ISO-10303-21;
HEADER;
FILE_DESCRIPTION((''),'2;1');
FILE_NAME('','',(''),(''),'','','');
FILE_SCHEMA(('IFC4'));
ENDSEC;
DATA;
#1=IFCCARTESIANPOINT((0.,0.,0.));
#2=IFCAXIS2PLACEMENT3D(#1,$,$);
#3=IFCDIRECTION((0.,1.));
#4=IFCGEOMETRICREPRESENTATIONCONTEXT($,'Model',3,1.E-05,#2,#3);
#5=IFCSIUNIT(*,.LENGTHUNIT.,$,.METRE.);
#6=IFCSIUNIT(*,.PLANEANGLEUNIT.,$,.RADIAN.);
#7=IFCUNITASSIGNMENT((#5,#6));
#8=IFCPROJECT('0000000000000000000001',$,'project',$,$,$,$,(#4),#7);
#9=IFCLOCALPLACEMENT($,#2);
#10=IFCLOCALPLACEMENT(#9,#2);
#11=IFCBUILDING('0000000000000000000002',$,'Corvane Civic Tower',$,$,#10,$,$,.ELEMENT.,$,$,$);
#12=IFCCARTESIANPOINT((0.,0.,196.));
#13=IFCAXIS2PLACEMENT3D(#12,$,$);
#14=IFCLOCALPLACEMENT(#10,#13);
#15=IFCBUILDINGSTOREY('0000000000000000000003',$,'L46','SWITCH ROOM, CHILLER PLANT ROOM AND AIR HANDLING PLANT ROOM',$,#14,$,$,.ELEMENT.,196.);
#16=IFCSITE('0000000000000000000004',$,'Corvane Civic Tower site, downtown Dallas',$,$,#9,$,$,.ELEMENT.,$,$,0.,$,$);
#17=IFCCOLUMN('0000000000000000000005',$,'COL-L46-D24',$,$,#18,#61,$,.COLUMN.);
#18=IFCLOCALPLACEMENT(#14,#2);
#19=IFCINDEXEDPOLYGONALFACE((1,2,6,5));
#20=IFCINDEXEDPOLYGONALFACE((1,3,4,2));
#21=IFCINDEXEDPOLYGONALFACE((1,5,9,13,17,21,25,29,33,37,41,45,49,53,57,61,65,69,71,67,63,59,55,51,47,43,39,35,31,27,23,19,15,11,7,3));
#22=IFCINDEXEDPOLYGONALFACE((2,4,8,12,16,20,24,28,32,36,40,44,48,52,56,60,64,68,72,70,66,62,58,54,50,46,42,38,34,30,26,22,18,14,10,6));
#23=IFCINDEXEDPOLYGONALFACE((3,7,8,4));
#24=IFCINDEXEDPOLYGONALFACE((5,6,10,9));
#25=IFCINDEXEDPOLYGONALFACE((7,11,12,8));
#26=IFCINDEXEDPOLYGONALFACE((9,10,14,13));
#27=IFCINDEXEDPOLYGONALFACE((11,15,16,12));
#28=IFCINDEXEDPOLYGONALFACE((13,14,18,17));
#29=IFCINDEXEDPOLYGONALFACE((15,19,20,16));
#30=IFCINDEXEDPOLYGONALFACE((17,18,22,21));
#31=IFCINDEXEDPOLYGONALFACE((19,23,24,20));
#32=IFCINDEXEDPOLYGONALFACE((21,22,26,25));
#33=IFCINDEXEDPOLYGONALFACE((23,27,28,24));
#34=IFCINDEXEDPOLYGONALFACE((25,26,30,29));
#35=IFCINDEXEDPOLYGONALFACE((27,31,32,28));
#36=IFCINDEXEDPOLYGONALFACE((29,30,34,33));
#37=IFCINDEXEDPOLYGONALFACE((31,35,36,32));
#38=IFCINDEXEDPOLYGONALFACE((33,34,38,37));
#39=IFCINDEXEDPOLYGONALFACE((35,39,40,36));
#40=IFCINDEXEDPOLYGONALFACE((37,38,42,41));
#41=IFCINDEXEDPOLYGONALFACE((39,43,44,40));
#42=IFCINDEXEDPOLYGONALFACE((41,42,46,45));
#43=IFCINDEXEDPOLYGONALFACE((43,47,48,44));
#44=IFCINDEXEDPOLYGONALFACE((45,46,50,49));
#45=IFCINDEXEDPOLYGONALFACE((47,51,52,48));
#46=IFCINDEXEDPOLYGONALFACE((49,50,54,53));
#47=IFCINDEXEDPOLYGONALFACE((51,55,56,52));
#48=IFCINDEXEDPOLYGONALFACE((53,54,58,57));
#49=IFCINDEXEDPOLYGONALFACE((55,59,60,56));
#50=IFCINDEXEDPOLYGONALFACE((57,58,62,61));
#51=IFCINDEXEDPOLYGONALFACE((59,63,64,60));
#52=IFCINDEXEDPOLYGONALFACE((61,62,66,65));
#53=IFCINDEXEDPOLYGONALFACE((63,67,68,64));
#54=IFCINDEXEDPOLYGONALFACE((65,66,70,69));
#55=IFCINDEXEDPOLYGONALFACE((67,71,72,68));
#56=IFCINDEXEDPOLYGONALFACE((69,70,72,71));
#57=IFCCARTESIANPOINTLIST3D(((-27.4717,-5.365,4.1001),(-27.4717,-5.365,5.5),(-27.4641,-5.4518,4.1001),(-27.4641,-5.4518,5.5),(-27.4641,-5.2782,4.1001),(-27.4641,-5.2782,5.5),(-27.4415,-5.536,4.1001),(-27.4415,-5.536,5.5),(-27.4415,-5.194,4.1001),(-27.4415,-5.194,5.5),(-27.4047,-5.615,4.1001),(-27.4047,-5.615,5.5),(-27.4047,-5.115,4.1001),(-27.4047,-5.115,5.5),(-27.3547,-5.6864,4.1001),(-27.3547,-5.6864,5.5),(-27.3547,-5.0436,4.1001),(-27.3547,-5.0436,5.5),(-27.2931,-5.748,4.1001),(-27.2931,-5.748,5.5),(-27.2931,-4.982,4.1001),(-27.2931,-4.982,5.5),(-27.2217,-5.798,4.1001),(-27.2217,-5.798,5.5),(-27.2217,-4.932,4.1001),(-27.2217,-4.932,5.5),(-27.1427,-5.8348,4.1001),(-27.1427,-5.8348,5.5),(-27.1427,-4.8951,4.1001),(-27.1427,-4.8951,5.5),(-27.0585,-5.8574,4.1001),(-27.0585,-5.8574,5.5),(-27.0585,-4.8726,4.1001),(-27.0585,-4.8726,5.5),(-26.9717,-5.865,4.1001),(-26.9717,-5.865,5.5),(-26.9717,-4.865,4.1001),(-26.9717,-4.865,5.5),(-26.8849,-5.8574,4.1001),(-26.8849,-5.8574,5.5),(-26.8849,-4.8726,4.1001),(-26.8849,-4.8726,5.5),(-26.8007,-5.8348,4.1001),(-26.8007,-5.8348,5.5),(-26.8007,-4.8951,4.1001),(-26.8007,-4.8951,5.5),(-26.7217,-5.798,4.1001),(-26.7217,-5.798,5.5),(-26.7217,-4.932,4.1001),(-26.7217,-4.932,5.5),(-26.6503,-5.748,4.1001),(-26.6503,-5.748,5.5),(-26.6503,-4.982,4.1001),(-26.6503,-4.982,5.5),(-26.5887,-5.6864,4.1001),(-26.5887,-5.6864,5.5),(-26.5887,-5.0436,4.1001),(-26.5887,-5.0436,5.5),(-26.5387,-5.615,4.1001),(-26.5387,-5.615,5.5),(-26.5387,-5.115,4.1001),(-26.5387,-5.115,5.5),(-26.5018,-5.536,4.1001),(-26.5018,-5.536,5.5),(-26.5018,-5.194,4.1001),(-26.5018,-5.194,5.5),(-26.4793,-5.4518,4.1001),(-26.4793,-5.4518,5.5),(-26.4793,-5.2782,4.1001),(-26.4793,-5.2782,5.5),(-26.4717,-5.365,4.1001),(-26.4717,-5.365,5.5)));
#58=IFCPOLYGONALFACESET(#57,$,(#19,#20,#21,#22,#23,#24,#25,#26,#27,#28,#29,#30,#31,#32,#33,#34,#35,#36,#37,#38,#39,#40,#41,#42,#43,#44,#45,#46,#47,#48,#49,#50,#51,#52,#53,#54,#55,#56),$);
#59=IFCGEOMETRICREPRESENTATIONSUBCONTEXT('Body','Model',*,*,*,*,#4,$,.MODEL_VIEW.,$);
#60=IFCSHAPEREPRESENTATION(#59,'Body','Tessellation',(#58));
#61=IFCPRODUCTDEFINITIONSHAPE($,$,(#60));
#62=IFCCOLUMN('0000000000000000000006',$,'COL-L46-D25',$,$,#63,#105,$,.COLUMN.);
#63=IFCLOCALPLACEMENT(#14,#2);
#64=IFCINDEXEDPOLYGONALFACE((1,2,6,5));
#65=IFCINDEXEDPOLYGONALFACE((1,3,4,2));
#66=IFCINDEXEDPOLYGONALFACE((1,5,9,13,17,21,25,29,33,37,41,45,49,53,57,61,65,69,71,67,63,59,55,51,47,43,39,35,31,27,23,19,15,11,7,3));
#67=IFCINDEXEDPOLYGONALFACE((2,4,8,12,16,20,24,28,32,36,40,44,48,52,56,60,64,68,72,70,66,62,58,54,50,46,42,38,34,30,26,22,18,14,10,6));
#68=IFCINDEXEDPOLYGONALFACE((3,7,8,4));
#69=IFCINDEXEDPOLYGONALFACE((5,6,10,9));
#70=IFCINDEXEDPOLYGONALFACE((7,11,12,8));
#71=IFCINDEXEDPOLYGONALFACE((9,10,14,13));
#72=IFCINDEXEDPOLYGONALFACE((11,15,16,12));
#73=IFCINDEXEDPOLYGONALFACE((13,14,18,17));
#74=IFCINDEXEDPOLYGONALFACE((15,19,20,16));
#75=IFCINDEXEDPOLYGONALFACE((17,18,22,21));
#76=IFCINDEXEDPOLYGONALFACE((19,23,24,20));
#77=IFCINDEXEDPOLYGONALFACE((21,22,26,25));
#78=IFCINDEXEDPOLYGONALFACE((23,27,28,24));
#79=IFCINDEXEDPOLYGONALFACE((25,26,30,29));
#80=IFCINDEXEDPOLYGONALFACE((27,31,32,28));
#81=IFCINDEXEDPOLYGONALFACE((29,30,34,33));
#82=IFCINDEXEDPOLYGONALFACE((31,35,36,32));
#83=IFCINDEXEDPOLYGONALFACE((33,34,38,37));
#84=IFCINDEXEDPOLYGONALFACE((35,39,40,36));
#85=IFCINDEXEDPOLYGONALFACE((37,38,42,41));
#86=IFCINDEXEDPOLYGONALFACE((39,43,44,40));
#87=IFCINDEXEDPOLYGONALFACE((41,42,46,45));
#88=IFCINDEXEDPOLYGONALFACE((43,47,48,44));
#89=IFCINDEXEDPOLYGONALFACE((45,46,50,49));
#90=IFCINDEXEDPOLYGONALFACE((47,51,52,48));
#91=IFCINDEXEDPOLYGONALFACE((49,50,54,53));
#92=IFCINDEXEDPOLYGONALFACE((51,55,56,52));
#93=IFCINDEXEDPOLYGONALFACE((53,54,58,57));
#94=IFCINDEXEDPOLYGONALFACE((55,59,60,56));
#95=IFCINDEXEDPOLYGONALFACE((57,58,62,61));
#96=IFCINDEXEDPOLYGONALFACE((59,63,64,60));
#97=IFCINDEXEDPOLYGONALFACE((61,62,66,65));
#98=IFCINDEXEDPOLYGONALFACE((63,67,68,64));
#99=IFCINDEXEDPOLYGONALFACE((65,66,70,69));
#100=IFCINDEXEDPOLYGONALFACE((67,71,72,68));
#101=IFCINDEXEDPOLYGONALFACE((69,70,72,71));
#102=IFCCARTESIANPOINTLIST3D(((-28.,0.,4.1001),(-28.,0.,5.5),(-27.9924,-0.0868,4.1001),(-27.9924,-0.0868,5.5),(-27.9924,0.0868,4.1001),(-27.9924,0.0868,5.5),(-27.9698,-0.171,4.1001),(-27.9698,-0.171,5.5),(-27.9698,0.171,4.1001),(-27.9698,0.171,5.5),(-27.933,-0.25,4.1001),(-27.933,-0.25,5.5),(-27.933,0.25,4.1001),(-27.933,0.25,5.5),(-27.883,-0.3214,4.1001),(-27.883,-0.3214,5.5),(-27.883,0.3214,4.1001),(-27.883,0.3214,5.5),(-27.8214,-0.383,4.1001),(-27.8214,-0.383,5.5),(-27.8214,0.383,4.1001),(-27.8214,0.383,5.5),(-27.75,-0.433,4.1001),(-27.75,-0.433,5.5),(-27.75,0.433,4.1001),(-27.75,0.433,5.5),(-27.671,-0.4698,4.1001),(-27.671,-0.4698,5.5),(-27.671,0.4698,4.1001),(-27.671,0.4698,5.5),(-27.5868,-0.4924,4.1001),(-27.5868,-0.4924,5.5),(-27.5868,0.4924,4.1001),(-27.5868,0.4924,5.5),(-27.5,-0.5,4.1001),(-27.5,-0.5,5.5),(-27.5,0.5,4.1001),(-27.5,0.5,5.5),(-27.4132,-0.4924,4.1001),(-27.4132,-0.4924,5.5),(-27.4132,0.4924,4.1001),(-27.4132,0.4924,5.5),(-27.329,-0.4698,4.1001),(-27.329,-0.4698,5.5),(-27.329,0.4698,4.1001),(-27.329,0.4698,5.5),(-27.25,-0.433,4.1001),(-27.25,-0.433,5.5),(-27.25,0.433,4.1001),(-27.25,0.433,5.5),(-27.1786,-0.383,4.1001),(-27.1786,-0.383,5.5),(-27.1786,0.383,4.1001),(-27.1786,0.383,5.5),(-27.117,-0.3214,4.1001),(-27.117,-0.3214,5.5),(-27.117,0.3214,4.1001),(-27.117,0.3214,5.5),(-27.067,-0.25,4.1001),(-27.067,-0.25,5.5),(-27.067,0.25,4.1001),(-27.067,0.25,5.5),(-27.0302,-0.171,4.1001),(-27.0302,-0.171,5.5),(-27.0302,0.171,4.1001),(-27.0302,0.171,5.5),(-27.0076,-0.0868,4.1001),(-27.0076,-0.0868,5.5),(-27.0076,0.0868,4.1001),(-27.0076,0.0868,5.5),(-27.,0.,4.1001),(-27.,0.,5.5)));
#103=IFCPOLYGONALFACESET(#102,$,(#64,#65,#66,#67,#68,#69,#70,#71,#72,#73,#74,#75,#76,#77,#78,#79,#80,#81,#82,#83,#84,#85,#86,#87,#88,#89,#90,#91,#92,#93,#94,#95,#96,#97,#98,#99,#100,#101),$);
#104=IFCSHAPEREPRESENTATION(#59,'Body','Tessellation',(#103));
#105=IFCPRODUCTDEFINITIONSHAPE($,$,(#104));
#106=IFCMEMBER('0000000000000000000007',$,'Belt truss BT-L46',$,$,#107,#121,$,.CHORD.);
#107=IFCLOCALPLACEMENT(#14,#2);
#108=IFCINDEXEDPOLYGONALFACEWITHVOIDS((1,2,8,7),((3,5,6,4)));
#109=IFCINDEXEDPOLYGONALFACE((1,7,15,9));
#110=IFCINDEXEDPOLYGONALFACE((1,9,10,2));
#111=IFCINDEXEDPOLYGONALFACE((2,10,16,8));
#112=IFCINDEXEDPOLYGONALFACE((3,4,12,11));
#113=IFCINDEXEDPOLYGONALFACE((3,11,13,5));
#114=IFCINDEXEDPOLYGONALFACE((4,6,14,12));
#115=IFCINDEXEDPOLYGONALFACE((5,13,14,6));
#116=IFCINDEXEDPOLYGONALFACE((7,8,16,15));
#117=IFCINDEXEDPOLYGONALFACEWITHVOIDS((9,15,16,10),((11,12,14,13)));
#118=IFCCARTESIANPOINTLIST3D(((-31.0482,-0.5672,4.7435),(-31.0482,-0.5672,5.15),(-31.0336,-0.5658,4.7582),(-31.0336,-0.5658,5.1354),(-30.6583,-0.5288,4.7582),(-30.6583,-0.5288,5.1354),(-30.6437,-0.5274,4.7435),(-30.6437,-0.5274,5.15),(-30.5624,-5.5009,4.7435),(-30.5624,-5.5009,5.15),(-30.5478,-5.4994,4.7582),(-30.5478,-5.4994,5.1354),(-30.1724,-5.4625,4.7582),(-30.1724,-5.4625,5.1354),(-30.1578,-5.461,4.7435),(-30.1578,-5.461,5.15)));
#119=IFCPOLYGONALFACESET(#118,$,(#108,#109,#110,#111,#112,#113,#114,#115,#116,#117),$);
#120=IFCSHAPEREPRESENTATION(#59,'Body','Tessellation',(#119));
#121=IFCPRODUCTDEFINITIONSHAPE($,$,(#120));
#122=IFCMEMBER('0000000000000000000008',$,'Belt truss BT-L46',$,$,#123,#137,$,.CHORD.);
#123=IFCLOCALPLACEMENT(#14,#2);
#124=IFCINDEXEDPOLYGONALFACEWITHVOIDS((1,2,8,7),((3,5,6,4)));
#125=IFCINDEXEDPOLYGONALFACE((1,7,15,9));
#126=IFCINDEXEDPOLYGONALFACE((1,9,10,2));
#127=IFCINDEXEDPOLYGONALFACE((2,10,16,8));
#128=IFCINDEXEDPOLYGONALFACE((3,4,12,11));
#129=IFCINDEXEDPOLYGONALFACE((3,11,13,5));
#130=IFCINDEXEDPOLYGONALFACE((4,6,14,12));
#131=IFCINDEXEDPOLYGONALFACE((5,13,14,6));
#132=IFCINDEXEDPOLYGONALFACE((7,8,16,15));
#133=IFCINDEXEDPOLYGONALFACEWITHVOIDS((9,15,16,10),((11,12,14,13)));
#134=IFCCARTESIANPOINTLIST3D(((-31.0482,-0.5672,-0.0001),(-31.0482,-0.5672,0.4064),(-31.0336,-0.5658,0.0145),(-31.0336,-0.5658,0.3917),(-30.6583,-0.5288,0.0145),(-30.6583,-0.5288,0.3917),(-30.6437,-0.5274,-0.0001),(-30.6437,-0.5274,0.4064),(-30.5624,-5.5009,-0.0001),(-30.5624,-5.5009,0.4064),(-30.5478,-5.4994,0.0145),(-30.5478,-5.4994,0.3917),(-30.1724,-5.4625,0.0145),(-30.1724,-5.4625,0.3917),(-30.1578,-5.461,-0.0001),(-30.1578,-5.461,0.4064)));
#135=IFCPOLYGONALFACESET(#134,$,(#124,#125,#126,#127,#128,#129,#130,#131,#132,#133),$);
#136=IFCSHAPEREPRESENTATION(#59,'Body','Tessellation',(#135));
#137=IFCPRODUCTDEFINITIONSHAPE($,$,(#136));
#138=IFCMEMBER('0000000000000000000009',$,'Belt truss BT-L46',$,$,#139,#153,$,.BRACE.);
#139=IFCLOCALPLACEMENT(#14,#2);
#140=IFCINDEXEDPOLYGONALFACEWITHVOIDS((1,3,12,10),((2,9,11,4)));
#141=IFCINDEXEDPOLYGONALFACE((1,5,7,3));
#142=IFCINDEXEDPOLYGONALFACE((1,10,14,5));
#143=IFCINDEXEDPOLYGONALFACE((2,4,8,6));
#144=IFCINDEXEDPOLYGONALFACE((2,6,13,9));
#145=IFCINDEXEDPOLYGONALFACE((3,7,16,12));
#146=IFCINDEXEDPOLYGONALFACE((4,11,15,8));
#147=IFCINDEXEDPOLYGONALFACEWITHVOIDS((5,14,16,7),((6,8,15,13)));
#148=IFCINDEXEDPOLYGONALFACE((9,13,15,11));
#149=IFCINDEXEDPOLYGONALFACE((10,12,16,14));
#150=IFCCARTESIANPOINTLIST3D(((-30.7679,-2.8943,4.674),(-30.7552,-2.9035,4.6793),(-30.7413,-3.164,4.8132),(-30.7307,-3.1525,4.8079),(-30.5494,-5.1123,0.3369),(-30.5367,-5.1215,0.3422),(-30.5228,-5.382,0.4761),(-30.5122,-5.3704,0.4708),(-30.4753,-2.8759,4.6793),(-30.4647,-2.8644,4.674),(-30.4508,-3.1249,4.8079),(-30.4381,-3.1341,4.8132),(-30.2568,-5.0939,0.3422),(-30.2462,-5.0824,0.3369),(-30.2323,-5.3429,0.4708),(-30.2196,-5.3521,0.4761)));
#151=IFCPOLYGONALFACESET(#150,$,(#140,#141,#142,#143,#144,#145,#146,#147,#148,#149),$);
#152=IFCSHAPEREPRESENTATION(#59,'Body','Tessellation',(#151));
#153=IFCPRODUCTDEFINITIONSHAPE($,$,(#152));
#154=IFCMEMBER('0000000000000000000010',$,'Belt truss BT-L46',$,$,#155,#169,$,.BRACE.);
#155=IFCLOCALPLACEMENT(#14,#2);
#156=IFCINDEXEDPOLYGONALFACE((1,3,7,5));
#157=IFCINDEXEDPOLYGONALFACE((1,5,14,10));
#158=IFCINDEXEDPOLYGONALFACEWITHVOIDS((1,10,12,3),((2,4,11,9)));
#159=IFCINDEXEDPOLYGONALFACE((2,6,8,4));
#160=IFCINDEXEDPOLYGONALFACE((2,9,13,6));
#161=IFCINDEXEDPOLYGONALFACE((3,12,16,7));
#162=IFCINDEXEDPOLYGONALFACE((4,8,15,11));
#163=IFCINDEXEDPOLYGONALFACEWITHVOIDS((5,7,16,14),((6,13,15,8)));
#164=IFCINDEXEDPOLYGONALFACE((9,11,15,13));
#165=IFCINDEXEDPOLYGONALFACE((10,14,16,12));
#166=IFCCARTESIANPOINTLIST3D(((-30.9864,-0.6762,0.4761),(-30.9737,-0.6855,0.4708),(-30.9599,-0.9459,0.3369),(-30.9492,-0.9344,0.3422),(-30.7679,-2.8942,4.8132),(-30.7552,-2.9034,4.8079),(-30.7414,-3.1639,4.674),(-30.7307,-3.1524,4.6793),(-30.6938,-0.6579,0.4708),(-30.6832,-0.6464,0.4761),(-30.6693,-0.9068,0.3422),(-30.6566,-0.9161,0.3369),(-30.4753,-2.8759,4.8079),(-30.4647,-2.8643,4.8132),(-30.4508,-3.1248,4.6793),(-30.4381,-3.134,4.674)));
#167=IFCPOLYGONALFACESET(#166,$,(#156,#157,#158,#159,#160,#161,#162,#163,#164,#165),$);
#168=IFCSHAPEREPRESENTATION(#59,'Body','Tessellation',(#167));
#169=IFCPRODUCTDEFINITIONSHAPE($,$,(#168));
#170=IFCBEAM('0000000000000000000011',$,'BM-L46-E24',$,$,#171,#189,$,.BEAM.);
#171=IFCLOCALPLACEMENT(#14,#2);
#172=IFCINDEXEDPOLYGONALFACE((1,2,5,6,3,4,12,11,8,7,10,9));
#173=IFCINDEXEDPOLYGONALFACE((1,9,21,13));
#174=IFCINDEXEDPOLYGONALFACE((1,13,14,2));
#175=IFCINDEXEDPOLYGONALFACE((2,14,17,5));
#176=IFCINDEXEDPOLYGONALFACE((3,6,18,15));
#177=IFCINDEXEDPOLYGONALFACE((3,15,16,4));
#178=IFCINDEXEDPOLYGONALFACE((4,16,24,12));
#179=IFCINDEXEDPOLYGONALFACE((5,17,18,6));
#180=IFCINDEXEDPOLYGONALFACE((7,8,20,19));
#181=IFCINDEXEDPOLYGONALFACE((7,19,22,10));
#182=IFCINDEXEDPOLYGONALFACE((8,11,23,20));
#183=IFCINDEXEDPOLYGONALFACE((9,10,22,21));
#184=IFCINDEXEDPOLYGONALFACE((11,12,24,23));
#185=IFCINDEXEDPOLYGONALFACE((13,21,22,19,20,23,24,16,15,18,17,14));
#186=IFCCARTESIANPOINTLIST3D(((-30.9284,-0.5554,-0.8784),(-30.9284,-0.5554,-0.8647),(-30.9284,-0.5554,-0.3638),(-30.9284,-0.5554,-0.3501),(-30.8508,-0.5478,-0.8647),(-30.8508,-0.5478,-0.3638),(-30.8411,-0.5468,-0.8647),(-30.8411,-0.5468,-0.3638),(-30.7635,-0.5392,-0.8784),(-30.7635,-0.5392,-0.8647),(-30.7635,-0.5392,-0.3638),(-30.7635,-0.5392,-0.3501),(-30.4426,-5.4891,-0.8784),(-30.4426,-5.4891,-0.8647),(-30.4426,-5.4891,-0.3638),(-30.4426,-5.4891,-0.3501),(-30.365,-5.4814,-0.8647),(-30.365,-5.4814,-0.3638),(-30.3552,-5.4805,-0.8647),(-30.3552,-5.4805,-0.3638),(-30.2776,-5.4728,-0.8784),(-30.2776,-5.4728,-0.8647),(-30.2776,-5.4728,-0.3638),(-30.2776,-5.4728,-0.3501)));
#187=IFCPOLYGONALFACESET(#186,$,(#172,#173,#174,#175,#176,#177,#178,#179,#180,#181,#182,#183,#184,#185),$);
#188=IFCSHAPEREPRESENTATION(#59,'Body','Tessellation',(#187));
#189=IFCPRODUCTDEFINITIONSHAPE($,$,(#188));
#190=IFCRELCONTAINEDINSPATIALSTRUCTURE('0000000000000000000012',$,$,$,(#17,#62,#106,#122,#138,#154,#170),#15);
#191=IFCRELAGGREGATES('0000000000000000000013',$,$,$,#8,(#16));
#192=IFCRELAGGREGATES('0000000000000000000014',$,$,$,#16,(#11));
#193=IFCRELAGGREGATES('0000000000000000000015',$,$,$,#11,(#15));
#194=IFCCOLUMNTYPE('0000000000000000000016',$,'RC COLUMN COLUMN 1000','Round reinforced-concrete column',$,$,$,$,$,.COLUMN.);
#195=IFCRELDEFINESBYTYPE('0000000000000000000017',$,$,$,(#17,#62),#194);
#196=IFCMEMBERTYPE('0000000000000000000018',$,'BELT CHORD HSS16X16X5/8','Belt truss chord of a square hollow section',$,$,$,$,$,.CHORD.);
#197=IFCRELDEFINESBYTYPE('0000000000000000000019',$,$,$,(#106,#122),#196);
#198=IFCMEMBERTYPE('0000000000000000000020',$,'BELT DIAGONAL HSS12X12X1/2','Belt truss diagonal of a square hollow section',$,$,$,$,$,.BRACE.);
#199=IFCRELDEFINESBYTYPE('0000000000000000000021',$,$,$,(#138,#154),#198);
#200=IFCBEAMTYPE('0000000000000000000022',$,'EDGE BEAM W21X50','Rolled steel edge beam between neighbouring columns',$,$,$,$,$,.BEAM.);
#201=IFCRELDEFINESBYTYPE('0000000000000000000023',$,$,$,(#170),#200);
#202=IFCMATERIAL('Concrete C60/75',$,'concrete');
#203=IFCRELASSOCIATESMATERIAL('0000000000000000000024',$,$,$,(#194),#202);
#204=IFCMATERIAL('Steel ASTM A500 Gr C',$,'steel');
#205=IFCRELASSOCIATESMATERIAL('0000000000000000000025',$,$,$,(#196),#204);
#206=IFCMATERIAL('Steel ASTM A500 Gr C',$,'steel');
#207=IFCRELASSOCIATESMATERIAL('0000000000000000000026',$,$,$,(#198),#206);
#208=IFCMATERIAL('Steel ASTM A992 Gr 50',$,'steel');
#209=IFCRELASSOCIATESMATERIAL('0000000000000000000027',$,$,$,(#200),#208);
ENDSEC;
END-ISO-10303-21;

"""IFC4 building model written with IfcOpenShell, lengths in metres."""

from ifc_helpers import new_model, si_unit, direction, frame, origin, origin_2d, place, context, subcontext, project, spatial, hollow_rectangle, circle, i_section, extrude, material, material_profile, profile_set, type_object, element, save


model = new_model("IFC4")

# Units and contexts
model_context = context("Model", 3, precision=1e-05, world=origin(), true_north=direction((0.0, 1.0)))
body_context = subcontext(model_context, "Body", "Model", "MODEL_VIEW")
ifc_project = project(units=[si_unit("LENGTHUNIT", "METRE"), si_unit("PLANEANGLEUNIT", "RADIAN")], contexts=[model_context])

# Site, building, storey
site_placement = place(None, origin())
site = spatial("IfcSite", under=ifc_project, at=site_placement, Name="Corvane Civic Tower site, downtown Dallas", CompositionType="ELEMENT", RefElevation=0.0)
building_placement = place(site_placement, origin())
building = spatial("IfcBuilding", under=site, at=building_placement, Name="Corvane Civic Tower", CompositionType="ELEMENT")
storey_placement = place(building_placement, frame((0.0, 0.0, 196.0)))
storey = spatial("IfcBuildingStorey", under=building, at=storey_placement, Name="L46", Description="SWITCH ROOM, CHILLER PLANT ROOM AND AIR HANDLING PLANT ROOM", CompositionType="ELEMENT", Elevation=196.0)

# Columns
ifc_material_1 = material(Name="Concrete C60/75", Category="concrete")
ifc_material_profile_1 = material_profile(ifc_material_1, circle(Radius=0.5, at=origin_2d()), Name="COLUMN 1000")
ifc_profile_set_1 = profile_set([ifc_material_profile_1], Name="Concrete C60/75")
column_type_1 = type_object("IfcColumnType", Name="RC COLUMN COLUMN 1000", Description="Round reinforced-concrete column", PredefinedType="COLUMN", material=ifc_profile_set_1)
for number, where, z_axis, x_axis, name in (
    (1, (-26.9717, -5.365, 4.1001), (0.0, 0.0, 1.0), (1.0, 0.0, 0.0), "COL-L46-D24"),
    (2, (-27.5, 0.0, 4.1001), (0.0, 0.0, 1.0), (1.0, 0.0, 0.0), "COL-L46-D25"),
):
    element("IfcColumn", number, at=place(storey_placement, frame(where, z_axis=z_axis, x_axis=x_axis)), inside=storey, type_object=column_type_1, Name=name, PredefinedType="COLUMN", context=body_context, shape_type="SweptSolid", body=[
        extrude(circle(Radius=0.5, at=origin_2d()), origin(), (0.0, 0.0, 1.0), 1.3999),
    ])

# Members
ifc_material_2 = material(Name="Steel ASTM A500 Gr C", Category="steel")
ifc_material_profile_2 = material_profile(ifc_material_2, hollow_rectangle(XDim=0.4065, YDim=0.4065, WallThickness=0.0146, at=origin_2d()), Name="HSS16X16X5/8")
ifc_profile_set_2 = profile_set([ifc_material_profile_2], Name="Steel ASTM A500 Gr C")
member_type_1 = type_object("IfcMemberType", Name="BELT CHORD HSS16X16X5/8", Description="Belt truss chord of a square hollow section", PredefinedType="CHORD", material=ifc_profile_set_2)
for number, where, z_axis, x_axis, name in (
    (3, (-30.3601, -5.481, 4.9468), (-0.098002, 0.995186, 0.0), (-0.995186, -0.098002, 0.0), "Belt truss BT-L46"),
    (4, (-30.3601, -5.481, 0.2031), (-0.098002, 0.995186, 0.0), (-0.995186, -0.098002, 0.0), "Belt truss BT-L46"),
):
    element("IfcMember", number, at=place(storey_placement, frame(where, z_axis=z_axis, x_axis=x_axis)), inside=storey, type_object=member_type_1, Name=name, PredefinedType="CHORD", context=body_context, shape_type="SweptSolid", body=[
        extrude(hollow_rectangle(XDim=0.4065, YDim=0.4065, WallThickness=0.0146, at=origin_2d()), origin(), (0.0, 0.0, 1.0), 4.9575),
    ])
ifc_material_3 = material(Name="Steel ASTM A500 Gr C", Category="steel")
ifc_material_profile_3 = material_profile(ifc_material_3, hollow_rectangle(XDim=0.3047, YDim=0.3047, WallThickness=0.0117, at=origin_2d()), Name="HSS12X12X1/2")
ifc_profile_set_3 = profile_set([ifc_material_profile_3], Name="Steel ASTM A500 Gr C")
member_type_2 = type_object("IfcMemberType", Name="BELT DIAGONAL HSS12X12X1/2", Description="Belt truss diagonal of a square hollow section", PredefinedType="BRACE", material=ifc_profile_set_3)
for number, where, z_axis, x_axis, name in (
    (5, (-30.3845, -5.2322, 0.4065), (-0.04481, 0.454857, 0.889437), (-0.995183, -0.098039, 0.0), "Belt truss BT-L46"),
    (6, (-30.8215, -0.7961, 0.4065), (0.04481, -0.454857, 0.889437), (0.995183, 0.098039, 0.0), "Belt truss BT-L46"),
):
    element("IfcMember", number, at=place(storey_placement, frame(where, z_axis=z_axis, x_axis=x_axis)), inside=storey, type_object=member_type_2, Name=name, PredefinedType="BRACE", context=body_context, shape_type="SweptSolid", body=[
        extrude(hollow_rectangle(XDim=0.3047, YDim=0.3047, WallThickness=0.0117, at=origin_2d()), origin(), (0.0, 0.0, 1.0), 4.8762),
    ])

# Beam
ifc_material_4 = material(Name="Steel ASTM A992 Gr 50", Category="steel")
ifc_material_profile_4 = material_profile(ifc_material_4, i_section(OverallWidth=0.1658, OverallDepth=0.5283, WebThickness=0.0098, FlangeThickness=0.0137, at=origin_2d()), Name="W21X50")
ifc_profile_set_4 = profile_set([ifc_material_profile_4], Name="Steel ASTM A992 Gr 50")
beam_type = type_object("IfcBeamType", Name="EDGE BEAM W21X50", Description="Rolled steel edge beam between neighbouring columns", PredefinedType="BEAM", material=ifc_profile_set_4)
beam_placement = place(storey_placement, frame((-30.3601, -5.481, -0.6143), z_axis=(-0.098002, 0.995186, 0.0), x_axis=(-0.995186, -0.098002, 0.0)))
element("IfcBeam", 7, at=beam_placement, inside=storey, type_object=beam_type, Name="BM-L46-E24", PredefinedType="BEAM", context=body_context, shape_type="SweptSolid", body=[
    extrude(i_section(OverallWidth=0.1658, OverallDepth=0.5283, WebThickness=0.0098, FlangeThickness=0.0137, at=origin_2d()), origin(), (0.0, 0.0, 1.0), 4.9575),
])

save(model, "model.ifc")
